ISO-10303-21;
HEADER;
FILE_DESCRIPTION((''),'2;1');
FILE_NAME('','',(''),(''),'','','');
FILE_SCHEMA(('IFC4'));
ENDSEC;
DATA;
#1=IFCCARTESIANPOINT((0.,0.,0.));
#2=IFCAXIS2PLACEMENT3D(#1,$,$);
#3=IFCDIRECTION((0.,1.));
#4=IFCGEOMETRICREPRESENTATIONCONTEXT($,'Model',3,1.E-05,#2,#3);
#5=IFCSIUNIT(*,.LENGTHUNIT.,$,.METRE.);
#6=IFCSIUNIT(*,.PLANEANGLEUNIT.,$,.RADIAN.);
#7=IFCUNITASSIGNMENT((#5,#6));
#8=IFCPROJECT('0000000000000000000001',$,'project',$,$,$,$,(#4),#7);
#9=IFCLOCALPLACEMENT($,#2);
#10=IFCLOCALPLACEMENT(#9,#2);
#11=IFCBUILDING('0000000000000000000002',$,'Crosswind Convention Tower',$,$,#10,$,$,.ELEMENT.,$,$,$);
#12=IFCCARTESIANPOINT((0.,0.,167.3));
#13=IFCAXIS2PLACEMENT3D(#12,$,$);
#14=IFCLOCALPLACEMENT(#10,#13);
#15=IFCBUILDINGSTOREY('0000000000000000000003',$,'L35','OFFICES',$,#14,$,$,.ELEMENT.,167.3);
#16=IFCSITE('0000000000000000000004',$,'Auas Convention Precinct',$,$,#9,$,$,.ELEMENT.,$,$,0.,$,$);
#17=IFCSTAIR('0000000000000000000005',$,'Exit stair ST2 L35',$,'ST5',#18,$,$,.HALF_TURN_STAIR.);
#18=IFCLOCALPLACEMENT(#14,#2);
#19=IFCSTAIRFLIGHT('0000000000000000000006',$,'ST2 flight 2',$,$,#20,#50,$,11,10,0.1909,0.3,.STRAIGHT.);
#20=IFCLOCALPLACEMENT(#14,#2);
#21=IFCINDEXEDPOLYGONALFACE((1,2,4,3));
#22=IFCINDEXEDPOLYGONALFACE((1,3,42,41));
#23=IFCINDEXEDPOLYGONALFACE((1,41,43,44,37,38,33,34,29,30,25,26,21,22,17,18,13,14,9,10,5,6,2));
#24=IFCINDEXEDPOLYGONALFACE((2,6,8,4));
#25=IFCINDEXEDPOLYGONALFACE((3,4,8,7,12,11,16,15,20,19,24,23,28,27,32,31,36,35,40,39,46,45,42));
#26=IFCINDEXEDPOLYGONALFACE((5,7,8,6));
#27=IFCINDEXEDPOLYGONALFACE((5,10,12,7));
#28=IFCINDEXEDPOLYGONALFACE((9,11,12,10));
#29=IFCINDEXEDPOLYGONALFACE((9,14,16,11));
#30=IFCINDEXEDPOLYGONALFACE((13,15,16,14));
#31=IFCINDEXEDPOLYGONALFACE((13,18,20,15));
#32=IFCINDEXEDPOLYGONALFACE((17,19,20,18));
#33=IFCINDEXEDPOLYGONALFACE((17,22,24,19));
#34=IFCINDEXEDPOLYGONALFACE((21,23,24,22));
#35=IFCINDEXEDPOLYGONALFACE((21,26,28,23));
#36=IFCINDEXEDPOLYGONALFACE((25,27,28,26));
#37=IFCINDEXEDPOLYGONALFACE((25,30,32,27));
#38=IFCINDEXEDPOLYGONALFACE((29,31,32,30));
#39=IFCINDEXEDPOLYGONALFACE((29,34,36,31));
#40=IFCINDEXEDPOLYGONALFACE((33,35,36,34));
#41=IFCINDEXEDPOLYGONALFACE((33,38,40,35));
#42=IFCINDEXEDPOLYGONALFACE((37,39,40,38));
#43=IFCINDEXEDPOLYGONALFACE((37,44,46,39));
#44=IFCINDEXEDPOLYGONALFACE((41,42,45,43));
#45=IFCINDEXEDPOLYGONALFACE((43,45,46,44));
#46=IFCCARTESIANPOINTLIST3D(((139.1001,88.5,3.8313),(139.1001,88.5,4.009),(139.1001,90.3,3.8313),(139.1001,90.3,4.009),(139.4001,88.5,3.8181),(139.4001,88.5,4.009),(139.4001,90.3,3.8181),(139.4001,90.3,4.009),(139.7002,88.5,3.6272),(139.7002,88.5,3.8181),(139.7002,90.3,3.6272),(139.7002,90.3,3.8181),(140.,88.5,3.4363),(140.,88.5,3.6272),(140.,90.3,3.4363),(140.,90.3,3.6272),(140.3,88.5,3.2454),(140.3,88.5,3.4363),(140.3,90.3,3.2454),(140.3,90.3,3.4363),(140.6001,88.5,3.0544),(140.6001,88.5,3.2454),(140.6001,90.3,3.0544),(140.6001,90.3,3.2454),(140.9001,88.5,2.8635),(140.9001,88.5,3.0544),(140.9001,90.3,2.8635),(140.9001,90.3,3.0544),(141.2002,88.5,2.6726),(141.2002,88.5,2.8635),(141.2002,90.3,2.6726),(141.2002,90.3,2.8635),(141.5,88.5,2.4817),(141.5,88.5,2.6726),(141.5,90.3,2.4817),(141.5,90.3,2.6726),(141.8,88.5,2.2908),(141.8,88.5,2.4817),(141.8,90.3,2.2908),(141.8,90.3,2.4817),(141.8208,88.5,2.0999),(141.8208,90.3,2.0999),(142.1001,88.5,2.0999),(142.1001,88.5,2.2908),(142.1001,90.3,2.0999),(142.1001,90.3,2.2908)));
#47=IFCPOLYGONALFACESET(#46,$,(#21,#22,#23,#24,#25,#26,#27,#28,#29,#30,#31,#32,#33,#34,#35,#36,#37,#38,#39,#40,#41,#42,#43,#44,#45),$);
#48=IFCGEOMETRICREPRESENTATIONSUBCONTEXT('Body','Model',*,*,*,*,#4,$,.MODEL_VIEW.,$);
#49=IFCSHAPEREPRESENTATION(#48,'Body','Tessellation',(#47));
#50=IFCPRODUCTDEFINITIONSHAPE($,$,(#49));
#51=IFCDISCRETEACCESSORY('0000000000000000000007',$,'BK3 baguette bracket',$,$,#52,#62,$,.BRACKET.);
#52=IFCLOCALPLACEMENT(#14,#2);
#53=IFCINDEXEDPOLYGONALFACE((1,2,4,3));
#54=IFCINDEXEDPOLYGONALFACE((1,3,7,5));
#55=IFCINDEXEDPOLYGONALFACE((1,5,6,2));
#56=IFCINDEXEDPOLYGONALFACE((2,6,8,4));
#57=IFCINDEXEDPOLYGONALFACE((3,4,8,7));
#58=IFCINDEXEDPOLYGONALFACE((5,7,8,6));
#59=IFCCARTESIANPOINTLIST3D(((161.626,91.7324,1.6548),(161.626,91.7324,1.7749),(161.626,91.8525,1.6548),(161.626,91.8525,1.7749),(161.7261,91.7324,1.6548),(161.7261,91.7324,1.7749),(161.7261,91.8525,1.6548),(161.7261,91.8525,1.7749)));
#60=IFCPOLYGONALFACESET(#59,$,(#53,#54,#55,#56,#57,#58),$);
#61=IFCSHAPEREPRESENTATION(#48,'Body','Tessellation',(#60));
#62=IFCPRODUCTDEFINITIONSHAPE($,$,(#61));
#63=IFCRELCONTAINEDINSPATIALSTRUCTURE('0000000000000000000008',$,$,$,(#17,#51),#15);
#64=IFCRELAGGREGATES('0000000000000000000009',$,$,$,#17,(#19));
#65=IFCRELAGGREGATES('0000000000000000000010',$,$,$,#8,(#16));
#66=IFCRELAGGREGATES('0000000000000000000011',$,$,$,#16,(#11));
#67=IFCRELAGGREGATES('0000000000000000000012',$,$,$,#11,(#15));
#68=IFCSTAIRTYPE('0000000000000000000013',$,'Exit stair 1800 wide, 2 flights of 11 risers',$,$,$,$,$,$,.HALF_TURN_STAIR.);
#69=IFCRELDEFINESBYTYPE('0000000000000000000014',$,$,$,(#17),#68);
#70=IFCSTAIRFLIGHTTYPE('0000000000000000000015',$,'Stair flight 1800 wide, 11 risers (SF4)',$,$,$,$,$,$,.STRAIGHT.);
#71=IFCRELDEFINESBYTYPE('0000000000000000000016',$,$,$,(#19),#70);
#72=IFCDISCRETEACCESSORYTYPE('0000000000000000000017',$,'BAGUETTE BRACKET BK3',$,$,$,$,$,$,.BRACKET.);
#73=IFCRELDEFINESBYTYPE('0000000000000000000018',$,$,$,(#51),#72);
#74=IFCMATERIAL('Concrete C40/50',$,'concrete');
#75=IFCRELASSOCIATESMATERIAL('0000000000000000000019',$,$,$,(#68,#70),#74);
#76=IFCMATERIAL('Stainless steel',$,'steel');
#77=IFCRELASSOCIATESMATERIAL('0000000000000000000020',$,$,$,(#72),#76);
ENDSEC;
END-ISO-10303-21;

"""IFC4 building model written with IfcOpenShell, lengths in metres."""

from ifc_helpers import new_model, si_unit, direction, frame, origin, origin_2d, place, context, subcontext, project, spatial, polyline, rectangle, outline, extrude, material, type_object, element, aggregate, save


model = new_model("IFC4")

# Units and contexts
model_context = context("Model", 3, precision=1e-05, world=origin(), true_north=direction((0.0, 1.0)))
body_context = subcontext(model_context, "Body", "Model", "MODEL_VIEW")
ifc_project = project(units=[si_unit("LENGTHUNIT", "METRE"), si_unit("PLANEANGLEUNIT", "RADIAN")], contexts=[model_context])

# Site, building, storey
site_placement = place(None, origin())
site = spatial("IfcSite", under=ifc_project, at=site_placement, Name="Auas Convention Precinct", CompositionType="ELEMENT", RefElevation=0.0)
building_placement = place(site_placement, origin())
building = spatial("IfcBuilding", under=site, at=building_placement, Name="Crosswind Convention Tower", CompositionType="ELEMENT")
storey_placement = place(building_placement, frame((0.0, 0.0, 167.3)))
storey = spatial("IfcBuildingStorey", under=building, at=storey_placement, Name="L35", Description="OFFICES", CompositionType="ELEMENT", Elevation=167.3)

# Stair, stair flight
ifc_material_1 = material(Name="Concrete C40/50", Category="concrete")
stair_type = type_object("IfcStairType", Name="Exit stair 1800 wide, 2 flights of 11 risers", PredefinedType="HALF_TURN_STAIR", material=ifc_material_1)
stair_placement = place(storey_placement, origin())
stair = element("IfcStair", 1, at=stair_placement, inside=storey, type_object=stair_type, Name="Exit stair ST2 L35", ObjectType="ST5", PredefinedType="HALF_TURN_STAIR")
stair_flight_type = type_object("IfcStairFlightType", Name="Stair flight 1800 wide, 11 risers (SF4)", PredefinedType="STRAIGHT", material=ifc_material_1)
stair_flight_1_placement = place(storey_placement, frame((142.1001, 89.3999, 2.0999), z_axis=(0.0, 0.0, 1.0), x_axis=(-1.0, 0.0, 0.0)))
stair_flight_1 = element("IfcStairFlight", 2, at=stair_flight_1_placement, type_object=stair_flight_type, Name="ST2 flight 2", NumberOfRisers=11, NumberOfTreads=10, PredefinedType="STRAIGHT", RiserHeight=0.1909, TreadLength=0.3, context=body_context, shape_type="SweptSolid", body=[
    extrude(outline(polyline([(0.0, 0.0), (0.0, 0.1909), (0.3, 0.1909), (0.3, 0.3818), (0.6001, 0.3818), (0.6001, 0.5728), (0.8999, 0.5728), (0.8999, 0.7637), (1.2, 0.7637), (1.2, 0.9546), (1.5, 0.9546), (1.5, 1.1455), (1.8, 1.1455), (1.8, 1.3364), (2.1001, 1.3364), (2.1001, 1.5273), (2.3999, 1.5273), (2.3999, 1.7183), (2.7, 1.7183), (2.7, 1.9092), (3.0, 1.9092), (3.0, 2.1001), (3.0, 1.7314), (0.2793, 0.0), (0.0, 0.0)])), frame((0.0, 0.8999, 0.0), z_axis=(0.0, -1.0, 0.0), x_axis=(1.0, 0.0, 0.0)), (0.0, 0.0, 1.0), 1.8),
])
aggregate(stair, [stair_flight_1])

# Shared definitions
ifc_material_2 = material(Name="Stainless steel", Category="steel")

# Discrete accessory
discrete_accessory_type = type_object("IfcDiscreteAccessoryType", Name="BAGUETTE BRACKET BK3", PredefinedType="BRACKET", material=ifc_material_2)
discrete_accessory_placement = place(storey_placement, frame((161.676, 91.7925, 1.6548), z_axis=(0.0, 0.0, 1.0), x_axis=(0.0, 1.0, 0.0)))
element("IfcDiscreteAccessory", 3, at=discrete_accessory_placement, inside=storey, type_object=discrete_accessory_type, Name="BK3 baguette bracket", PredefinedType="BRACKET", context=body_context, shape_type="SweptSolid", body=[
    extrude(rectangle(XDim=0.1201, YDim=0.1001, at=origin_2d()), origin(), (0.0, 0.0, 1.0), 0.1201),
])

save(model, "model.ifc")
